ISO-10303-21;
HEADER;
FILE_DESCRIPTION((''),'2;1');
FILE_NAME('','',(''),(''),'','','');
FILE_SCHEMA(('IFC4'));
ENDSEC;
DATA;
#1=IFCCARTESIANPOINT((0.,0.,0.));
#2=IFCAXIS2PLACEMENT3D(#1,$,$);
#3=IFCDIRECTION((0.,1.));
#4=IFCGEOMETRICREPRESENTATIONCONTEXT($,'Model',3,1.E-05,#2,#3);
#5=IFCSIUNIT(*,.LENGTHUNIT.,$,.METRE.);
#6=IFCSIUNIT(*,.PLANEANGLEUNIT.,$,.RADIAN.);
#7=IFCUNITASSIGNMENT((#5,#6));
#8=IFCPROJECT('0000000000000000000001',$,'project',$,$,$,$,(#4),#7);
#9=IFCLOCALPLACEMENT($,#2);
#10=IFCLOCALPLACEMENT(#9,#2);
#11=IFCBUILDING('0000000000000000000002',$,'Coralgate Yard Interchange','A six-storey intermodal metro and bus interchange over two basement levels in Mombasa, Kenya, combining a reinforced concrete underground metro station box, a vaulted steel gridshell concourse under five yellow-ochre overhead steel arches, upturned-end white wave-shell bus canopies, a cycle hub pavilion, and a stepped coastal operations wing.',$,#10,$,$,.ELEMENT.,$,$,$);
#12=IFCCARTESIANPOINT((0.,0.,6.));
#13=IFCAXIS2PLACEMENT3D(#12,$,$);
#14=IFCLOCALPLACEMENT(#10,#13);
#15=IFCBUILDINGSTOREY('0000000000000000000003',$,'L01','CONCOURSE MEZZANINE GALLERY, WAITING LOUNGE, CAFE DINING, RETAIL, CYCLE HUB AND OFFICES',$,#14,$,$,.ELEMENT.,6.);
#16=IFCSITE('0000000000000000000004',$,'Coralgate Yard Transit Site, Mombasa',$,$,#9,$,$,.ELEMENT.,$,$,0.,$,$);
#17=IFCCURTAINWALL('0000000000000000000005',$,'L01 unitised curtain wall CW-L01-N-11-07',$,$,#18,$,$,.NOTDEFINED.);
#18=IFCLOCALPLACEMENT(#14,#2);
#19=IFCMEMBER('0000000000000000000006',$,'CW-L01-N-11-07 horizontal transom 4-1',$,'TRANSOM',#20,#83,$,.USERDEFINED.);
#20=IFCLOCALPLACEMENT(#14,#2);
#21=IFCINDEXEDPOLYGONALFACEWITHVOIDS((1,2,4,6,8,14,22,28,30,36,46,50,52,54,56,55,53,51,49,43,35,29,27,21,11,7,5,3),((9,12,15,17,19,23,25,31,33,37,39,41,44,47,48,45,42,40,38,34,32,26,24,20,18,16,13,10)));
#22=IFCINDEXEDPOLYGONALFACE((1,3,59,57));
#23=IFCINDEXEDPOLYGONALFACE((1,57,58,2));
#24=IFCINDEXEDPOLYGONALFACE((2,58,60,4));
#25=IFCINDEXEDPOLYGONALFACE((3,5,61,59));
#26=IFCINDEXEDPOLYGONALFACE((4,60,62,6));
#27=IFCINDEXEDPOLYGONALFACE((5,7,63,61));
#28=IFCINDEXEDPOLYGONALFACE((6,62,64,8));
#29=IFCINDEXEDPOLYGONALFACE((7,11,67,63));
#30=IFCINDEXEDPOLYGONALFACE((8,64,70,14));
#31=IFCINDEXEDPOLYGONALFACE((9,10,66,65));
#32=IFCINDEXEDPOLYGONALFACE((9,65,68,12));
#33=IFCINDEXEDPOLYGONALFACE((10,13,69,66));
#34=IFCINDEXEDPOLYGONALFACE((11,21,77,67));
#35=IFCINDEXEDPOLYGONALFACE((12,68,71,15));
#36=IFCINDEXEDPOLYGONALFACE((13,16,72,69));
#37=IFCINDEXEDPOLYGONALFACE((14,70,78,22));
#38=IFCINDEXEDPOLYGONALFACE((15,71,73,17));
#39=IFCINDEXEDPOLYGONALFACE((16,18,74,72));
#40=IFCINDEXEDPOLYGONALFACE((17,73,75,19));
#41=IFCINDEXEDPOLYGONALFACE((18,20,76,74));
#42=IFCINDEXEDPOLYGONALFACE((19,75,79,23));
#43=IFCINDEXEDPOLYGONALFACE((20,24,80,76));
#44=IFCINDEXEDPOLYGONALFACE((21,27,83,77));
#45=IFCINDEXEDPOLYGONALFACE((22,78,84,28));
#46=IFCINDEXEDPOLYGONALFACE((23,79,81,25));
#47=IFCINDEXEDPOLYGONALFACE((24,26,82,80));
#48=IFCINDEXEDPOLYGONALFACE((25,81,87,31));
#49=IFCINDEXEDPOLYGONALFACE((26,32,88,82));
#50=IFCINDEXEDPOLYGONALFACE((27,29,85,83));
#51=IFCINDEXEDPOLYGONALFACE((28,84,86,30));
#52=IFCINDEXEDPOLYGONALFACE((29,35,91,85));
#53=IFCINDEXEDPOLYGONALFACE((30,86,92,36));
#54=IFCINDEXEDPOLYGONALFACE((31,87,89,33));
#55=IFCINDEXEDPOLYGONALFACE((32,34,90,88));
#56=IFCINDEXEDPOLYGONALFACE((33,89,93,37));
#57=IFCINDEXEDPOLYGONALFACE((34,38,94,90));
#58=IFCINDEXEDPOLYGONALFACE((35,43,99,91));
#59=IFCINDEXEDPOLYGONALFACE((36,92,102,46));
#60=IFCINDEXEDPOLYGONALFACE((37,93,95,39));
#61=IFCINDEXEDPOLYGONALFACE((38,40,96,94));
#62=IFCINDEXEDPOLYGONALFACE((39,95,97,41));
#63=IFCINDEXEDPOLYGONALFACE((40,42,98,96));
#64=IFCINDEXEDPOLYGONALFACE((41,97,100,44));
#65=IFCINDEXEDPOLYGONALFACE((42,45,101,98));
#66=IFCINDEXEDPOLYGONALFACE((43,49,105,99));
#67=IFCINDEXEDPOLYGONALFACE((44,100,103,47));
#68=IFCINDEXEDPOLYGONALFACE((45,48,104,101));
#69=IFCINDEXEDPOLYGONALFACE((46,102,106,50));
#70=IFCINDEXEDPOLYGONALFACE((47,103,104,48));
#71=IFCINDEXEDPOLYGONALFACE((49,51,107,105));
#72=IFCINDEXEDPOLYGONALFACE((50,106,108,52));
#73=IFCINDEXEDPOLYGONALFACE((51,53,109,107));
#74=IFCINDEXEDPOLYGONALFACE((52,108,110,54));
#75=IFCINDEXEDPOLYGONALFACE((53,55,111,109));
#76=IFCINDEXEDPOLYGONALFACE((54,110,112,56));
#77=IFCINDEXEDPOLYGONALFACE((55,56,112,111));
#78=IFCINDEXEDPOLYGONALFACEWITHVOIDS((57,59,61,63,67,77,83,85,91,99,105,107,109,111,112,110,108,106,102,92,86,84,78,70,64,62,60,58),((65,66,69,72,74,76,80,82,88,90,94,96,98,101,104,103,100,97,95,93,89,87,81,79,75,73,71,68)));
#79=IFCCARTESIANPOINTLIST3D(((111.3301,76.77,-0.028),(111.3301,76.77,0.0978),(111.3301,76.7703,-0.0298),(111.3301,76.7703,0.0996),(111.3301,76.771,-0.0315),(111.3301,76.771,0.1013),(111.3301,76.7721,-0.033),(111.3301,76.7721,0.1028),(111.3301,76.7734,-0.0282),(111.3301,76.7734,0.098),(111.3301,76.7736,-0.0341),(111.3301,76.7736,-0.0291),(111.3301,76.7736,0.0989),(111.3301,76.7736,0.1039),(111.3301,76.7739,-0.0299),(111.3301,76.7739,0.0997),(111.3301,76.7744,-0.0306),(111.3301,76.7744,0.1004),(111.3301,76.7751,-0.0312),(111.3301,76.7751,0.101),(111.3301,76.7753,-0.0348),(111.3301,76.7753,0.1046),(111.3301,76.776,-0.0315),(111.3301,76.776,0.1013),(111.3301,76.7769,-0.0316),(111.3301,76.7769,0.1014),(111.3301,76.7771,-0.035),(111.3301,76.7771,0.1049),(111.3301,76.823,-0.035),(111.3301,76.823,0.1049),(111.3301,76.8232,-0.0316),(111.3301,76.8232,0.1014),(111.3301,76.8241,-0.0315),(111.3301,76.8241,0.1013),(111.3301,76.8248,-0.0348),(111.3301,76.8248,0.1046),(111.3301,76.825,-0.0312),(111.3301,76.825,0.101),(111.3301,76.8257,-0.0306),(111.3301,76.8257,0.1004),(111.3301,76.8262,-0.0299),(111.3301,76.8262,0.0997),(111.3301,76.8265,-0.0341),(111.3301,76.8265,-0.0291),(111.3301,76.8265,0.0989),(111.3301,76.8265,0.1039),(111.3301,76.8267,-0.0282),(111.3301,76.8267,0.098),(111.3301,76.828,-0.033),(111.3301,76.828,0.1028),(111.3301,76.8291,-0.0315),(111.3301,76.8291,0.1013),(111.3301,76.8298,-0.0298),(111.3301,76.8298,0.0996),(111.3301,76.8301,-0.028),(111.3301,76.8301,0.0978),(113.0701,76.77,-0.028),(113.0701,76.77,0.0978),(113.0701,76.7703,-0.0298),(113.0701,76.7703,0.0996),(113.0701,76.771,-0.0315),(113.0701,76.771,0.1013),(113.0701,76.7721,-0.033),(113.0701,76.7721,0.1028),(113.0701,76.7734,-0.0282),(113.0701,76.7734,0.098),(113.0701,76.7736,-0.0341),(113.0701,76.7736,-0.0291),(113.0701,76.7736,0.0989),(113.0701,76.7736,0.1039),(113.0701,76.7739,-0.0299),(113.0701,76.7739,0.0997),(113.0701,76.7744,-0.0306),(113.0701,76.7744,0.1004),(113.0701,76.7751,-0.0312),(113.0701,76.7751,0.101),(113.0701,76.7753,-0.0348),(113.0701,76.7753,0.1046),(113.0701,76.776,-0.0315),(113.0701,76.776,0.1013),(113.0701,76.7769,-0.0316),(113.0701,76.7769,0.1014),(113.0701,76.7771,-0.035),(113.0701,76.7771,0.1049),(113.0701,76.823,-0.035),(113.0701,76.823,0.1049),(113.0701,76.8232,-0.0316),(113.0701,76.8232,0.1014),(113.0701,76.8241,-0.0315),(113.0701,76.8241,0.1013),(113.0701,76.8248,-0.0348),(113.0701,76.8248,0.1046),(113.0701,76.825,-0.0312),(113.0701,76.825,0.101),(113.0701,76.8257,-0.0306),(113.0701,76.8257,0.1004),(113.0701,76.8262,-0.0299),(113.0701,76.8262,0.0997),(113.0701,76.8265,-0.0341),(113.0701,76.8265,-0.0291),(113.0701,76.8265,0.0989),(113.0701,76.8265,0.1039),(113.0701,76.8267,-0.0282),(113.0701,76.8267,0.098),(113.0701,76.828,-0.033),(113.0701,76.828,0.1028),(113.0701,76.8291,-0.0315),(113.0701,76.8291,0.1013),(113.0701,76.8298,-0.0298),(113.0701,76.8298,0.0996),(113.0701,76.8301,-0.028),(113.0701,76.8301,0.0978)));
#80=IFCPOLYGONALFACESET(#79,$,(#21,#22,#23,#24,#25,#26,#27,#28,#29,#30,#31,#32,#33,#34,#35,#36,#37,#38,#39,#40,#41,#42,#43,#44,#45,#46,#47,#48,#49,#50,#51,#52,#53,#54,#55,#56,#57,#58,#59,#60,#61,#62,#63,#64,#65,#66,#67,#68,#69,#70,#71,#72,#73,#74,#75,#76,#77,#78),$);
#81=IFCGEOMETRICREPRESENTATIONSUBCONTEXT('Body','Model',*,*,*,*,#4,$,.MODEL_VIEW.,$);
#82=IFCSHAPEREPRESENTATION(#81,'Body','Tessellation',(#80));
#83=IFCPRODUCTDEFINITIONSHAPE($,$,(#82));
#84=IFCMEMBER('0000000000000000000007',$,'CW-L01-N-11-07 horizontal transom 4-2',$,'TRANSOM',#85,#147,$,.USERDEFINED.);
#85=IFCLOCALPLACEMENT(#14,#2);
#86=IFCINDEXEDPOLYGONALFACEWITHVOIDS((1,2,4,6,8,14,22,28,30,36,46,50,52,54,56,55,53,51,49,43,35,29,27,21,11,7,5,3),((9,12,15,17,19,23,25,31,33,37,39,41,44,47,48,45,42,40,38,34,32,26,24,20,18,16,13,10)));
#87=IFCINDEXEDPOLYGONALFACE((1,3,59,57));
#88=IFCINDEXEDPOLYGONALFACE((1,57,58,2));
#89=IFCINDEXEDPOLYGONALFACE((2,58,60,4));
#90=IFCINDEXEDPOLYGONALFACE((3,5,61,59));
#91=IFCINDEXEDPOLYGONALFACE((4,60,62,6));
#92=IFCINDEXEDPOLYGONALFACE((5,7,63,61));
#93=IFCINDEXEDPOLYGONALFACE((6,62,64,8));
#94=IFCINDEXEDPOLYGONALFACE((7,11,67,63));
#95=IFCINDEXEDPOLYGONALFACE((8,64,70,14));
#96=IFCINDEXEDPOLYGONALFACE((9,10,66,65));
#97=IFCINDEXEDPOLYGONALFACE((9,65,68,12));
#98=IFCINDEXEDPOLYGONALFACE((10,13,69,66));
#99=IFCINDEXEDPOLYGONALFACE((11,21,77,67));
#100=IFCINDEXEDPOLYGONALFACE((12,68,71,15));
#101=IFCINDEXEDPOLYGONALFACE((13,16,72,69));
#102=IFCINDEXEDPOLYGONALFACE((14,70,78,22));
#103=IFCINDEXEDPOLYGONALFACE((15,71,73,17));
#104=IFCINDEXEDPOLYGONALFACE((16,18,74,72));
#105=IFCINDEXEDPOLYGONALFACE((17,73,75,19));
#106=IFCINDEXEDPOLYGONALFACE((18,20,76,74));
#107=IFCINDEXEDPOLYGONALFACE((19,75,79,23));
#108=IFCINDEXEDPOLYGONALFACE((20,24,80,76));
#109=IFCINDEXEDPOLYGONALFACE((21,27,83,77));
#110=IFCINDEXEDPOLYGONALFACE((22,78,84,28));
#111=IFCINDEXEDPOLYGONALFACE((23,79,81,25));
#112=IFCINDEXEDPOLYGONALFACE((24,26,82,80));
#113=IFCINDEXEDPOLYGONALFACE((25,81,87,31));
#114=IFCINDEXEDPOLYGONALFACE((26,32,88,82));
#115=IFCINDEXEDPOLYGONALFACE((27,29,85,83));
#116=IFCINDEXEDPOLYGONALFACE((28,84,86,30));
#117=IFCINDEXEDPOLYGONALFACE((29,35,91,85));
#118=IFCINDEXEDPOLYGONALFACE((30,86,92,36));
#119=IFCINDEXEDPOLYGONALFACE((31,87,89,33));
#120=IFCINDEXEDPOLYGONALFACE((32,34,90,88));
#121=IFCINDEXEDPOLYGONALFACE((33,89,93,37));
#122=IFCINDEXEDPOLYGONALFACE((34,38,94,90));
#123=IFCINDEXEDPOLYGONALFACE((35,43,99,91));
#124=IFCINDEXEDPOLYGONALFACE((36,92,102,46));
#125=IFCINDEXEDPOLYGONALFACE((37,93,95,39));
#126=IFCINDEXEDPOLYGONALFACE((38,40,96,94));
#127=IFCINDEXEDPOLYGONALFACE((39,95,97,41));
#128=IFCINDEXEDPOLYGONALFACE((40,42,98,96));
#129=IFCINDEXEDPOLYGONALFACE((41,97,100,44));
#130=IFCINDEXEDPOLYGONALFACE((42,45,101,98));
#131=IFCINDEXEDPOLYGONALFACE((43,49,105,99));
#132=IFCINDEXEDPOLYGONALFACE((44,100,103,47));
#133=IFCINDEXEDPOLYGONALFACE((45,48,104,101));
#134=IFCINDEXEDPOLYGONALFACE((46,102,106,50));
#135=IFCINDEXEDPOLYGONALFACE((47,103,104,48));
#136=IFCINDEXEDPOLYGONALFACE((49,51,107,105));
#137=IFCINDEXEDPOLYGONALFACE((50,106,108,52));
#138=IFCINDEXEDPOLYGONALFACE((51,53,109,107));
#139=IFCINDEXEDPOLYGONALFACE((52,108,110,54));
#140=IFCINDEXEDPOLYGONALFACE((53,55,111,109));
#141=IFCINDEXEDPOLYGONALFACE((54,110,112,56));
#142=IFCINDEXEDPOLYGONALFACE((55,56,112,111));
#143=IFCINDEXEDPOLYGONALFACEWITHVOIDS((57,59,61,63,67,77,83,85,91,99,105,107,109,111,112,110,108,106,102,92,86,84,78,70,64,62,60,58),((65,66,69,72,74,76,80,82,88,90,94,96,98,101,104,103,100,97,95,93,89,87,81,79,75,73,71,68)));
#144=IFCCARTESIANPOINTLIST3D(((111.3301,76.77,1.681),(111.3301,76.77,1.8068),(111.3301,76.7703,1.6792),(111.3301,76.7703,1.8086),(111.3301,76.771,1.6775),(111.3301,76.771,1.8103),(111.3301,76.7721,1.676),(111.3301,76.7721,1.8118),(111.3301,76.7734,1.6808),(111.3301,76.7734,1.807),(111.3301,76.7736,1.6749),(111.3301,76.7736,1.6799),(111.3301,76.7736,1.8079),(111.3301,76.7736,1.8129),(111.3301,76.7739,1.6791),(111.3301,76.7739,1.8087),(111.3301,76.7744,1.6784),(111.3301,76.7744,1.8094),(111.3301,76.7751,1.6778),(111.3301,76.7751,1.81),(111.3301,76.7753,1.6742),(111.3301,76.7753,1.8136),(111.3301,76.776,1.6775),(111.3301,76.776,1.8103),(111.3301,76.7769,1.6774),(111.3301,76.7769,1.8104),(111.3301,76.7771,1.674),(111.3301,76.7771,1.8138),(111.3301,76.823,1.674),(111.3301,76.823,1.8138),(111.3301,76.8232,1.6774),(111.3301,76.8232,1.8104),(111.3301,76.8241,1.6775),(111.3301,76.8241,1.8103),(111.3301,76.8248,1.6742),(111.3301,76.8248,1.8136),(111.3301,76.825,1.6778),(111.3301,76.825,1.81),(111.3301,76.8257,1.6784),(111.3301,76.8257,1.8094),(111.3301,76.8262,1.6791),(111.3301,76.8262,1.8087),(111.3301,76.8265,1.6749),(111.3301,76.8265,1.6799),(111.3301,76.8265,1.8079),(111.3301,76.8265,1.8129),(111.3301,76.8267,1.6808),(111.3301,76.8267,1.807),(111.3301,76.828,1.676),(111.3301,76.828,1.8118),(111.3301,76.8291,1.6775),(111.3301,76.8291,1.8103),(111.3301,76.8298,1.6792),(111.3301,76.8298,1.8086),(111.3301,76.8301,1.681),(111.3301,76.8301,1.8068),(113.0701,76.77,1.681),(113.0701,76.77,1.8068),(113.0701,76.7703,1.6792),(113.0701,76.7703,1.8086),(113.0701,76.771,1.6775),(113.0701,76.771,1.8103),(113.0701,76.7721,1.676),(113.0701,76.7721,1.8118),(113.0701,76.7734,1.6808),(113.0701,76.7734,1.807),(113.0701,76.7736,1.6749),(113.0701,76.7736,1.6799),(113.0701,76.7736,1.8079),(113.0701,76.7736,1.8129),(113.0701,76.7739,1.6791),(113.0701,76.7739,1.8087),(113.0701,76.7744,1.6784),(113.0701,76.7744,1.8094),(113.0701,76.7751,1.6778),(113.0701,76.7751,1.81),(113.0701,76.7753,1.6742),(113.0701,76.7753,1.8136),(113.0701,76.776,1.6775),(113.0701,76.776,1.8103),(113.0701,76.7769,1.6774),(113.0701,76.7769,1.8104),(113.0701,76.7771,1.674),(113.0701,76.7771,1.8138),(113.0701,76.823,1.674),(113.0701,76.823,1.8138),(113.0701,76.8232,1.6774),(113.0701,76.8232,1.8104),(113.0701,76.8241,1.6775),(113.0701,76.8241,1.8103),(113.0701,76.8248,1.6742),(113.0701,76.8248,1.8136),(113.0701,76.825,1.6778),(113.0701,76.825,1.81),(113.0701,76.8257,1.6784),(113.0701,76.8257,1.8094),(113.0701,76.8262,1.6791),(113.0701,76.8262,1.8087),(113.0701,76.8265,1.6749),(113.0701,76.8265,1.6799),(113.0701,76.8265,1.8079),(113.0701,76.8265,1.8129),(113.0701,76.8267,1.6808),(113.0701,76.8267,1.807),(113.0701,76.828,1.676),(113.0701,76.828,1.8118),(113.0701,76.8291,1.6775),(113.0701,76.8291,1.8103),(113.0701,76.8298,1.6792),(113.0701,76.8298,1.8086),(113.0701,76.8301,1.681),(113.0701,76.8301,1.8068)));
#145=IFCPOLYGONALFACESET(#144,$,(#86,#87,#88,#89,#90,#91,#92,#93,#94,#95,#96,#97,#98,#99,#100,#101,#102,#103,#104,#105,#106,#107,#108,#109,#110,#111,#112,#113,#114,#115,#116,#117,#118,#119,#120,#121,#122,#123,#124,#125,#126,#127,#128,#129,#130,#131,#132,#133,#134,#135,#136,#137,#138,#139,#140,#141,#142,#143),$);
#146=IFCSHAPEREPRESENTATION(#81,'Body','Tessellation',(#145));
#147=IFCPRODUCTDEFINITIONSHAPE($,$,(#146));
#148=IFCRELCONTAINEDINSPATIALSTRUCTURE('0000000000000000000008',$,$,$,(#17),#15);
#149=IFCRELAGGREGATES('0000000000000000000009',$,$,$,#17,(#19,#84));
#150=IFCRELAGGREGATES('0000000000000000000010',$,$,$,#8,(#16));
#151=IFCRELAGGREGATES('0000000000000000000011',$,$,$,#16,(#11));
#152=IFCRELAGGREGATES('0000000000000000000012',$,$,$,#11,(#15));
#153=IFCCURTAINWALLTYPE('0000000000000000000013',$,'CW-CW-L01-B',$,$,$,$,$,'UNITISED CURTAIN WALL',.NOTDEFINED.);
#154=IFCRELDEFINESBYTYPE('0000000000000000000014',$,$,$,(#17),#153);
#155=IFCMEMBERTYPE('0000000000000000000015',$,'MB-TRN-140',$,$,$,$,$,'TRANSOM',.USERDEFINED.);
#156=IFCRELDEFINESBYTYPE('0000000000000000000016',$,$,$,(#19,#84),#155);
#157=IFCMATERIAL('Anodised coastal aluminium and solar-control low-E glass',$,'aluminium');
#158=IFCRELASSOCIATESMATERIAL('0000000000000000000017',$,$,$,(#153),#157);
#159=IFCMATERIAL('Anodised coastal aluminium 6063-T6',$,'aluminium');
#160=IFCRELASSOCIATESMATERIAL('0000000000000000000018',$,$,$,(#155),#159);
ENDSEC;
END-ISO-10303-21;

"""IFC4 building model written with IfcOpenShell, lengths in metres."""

from ifc_helpers import new_model, si_unit, direction, frame, origin, origin_2d, place, context, subcontext, project, spatial, hollow_rectangle, extrude, material, material_profile, profile_set, type_object, element, aggregate, save


model = new_model("IFC4")

# Units and contexts
model_context = context("Model", 3, precision=1e-05, world=origin(), true_north=direction((0.0, 1.0)))
body_context = subcontext(model_context, "Body", "Model", "MODEL_VIEW")
ifc_project = project(units=[si_unit("LENGTHUNIT", "METRE"), si_unit("PLANEANGLEUNIT", "RADIAN")], contexts=[model_context])

# Site, building, storey
site_placement = place(None, origin())
site = spatial("IfcSite", under=ifc_project, at=site_placement, Name="Coralgate Yard Transit Site, Mombasa", CompositionType="ELEMENT", RefElevation=0.0)
building_placement = place(site_placement, origin())
building = spatial("IfcBuilding", under=site, at=building_placement, Name="Coralgate Yard Interchange", Description="A six-storey intermodal metro and bus interchange over two basement levels in Mombasa, Kenya, combining a reinforced concrete underground metro station box, a vaulted steel gridshell concourse under five yellow-ochre overhead steel arches, upturned-end white wave-shell bus canopies, a cycle hub pavilion, and a stepped coastal operations wing.", CompositionType="ELEMENT")
storey_placement = place(building_placement, frame((0.0, 0.0, 6.0)))
storey = spatial("IfcBuildingStorey", under=building, at=storey_placement, Name="L01", Description="CONCOURSE MEZZANINE GALLERY, WAITING LOUNGE, CAFE DINING, RETAIL, CYCLE HUB AND OFFICES", CompositionType="ELEMENT", Elevation=6.0)

# Curtain wall, members
ifc_material_1 = material(Name="Anodised coastal aluminium and solar-control low-E glass", Category="aluminium")
curtain_wall_type_1 = type_object("IfcCurtainWallType", Name="CW-CW-L01-B", ElementType="UNITISED CURTAIN WALL", PredefinedType="NOTDEFINED", material=ifc_material_1)
curtain_wall_1_placement = place(storey_placement, origin())
curtain_wall_1 = element("IfcCurtainWall", 1, at=curtain_wall_1_placement, inside=storey, type_object=curtain_wall_type_1, Name="L01 unitised curtain wall CW-L01-N-11-07", PredefinedType="NOTDEFINED")
ifc_material_2 = material(Name="Anodised coastal aluminium 6063-T6", Category="aluminium")
ifc_material_profile_1 = material_profile(ifc_material_2, hollow_rectangle(XDim=0.0601, YDim=0.1399, WallThickness=0.0034, InnerFilletRadius=0.0034, OuterFilletRadius=0.0071, at=origin_2d()), Name="ALU 60x140x3.5")
ifc_profile_set_1 = profile_set([ifc_material_profile_1], Name="Anodised coastal aluminium 6063-T6")
member_type_1 = type_object("IfcMemberType", Name="MB-TRN-140", ElementType="TRANSOM", PredefinedType="USERDEFINED", material=ifc_profile_set_1)
member_1_placement = place(storey_placement, frame((111.3301, 76.8, 0.0349), z_axis=(1.0, 0.0, 0.0), x_axis=(0.0, 1.0, 0.0)))
member_1 = element("IfcMember", 2, at=member_1_placement, type_object=member_type_1, Name="CW-L01-N-11-07 horizontal transom 4-1", ObjectType="TRANSOM", PredefinedType="USERDEFINED", context=body_context, shape_type="SweptSolid", body=[
    extrude(hollow_rectangle(XDim=0.0601, YDim=0.1399, WallThickness=0.0034, InnerFilletRadius=0.0034, OuterFilletRadius=0.0071, at=origin_2d()), origin(), (0.0, 0.0, 1.0), 1.74),
])
member_2_placement = place(storey_placement, frame((111.3301, 76.8, 1.7439), z_axis=(1.0, 0.0, 0.0), x_axis=(0.0, 1.0, 0.0)))
member_2 = element("IfcMember", 3, at=member_2_placement, type_object=member_type_1, Name="CW-L01-N-11-07 horizontal transom 4-2", ObjectType="TRANSOM", PredefinedType="USERDEFINED", context=body_context, shape_type="SweptSolid", body=[
    extrude(hollow_rectangle(XDim=0.0601, YDim=0.1399, WallThickness=0.0034, InnerFilletRadius=0.0034, OuterFilletRadius=0.0071, at=origin_2d()), origin(), (0.0, 0.0, 1.0), 1.74),
])

aggregate(curtain_wall_1, [member_1, member_2])

save(model, "model.ifc")
